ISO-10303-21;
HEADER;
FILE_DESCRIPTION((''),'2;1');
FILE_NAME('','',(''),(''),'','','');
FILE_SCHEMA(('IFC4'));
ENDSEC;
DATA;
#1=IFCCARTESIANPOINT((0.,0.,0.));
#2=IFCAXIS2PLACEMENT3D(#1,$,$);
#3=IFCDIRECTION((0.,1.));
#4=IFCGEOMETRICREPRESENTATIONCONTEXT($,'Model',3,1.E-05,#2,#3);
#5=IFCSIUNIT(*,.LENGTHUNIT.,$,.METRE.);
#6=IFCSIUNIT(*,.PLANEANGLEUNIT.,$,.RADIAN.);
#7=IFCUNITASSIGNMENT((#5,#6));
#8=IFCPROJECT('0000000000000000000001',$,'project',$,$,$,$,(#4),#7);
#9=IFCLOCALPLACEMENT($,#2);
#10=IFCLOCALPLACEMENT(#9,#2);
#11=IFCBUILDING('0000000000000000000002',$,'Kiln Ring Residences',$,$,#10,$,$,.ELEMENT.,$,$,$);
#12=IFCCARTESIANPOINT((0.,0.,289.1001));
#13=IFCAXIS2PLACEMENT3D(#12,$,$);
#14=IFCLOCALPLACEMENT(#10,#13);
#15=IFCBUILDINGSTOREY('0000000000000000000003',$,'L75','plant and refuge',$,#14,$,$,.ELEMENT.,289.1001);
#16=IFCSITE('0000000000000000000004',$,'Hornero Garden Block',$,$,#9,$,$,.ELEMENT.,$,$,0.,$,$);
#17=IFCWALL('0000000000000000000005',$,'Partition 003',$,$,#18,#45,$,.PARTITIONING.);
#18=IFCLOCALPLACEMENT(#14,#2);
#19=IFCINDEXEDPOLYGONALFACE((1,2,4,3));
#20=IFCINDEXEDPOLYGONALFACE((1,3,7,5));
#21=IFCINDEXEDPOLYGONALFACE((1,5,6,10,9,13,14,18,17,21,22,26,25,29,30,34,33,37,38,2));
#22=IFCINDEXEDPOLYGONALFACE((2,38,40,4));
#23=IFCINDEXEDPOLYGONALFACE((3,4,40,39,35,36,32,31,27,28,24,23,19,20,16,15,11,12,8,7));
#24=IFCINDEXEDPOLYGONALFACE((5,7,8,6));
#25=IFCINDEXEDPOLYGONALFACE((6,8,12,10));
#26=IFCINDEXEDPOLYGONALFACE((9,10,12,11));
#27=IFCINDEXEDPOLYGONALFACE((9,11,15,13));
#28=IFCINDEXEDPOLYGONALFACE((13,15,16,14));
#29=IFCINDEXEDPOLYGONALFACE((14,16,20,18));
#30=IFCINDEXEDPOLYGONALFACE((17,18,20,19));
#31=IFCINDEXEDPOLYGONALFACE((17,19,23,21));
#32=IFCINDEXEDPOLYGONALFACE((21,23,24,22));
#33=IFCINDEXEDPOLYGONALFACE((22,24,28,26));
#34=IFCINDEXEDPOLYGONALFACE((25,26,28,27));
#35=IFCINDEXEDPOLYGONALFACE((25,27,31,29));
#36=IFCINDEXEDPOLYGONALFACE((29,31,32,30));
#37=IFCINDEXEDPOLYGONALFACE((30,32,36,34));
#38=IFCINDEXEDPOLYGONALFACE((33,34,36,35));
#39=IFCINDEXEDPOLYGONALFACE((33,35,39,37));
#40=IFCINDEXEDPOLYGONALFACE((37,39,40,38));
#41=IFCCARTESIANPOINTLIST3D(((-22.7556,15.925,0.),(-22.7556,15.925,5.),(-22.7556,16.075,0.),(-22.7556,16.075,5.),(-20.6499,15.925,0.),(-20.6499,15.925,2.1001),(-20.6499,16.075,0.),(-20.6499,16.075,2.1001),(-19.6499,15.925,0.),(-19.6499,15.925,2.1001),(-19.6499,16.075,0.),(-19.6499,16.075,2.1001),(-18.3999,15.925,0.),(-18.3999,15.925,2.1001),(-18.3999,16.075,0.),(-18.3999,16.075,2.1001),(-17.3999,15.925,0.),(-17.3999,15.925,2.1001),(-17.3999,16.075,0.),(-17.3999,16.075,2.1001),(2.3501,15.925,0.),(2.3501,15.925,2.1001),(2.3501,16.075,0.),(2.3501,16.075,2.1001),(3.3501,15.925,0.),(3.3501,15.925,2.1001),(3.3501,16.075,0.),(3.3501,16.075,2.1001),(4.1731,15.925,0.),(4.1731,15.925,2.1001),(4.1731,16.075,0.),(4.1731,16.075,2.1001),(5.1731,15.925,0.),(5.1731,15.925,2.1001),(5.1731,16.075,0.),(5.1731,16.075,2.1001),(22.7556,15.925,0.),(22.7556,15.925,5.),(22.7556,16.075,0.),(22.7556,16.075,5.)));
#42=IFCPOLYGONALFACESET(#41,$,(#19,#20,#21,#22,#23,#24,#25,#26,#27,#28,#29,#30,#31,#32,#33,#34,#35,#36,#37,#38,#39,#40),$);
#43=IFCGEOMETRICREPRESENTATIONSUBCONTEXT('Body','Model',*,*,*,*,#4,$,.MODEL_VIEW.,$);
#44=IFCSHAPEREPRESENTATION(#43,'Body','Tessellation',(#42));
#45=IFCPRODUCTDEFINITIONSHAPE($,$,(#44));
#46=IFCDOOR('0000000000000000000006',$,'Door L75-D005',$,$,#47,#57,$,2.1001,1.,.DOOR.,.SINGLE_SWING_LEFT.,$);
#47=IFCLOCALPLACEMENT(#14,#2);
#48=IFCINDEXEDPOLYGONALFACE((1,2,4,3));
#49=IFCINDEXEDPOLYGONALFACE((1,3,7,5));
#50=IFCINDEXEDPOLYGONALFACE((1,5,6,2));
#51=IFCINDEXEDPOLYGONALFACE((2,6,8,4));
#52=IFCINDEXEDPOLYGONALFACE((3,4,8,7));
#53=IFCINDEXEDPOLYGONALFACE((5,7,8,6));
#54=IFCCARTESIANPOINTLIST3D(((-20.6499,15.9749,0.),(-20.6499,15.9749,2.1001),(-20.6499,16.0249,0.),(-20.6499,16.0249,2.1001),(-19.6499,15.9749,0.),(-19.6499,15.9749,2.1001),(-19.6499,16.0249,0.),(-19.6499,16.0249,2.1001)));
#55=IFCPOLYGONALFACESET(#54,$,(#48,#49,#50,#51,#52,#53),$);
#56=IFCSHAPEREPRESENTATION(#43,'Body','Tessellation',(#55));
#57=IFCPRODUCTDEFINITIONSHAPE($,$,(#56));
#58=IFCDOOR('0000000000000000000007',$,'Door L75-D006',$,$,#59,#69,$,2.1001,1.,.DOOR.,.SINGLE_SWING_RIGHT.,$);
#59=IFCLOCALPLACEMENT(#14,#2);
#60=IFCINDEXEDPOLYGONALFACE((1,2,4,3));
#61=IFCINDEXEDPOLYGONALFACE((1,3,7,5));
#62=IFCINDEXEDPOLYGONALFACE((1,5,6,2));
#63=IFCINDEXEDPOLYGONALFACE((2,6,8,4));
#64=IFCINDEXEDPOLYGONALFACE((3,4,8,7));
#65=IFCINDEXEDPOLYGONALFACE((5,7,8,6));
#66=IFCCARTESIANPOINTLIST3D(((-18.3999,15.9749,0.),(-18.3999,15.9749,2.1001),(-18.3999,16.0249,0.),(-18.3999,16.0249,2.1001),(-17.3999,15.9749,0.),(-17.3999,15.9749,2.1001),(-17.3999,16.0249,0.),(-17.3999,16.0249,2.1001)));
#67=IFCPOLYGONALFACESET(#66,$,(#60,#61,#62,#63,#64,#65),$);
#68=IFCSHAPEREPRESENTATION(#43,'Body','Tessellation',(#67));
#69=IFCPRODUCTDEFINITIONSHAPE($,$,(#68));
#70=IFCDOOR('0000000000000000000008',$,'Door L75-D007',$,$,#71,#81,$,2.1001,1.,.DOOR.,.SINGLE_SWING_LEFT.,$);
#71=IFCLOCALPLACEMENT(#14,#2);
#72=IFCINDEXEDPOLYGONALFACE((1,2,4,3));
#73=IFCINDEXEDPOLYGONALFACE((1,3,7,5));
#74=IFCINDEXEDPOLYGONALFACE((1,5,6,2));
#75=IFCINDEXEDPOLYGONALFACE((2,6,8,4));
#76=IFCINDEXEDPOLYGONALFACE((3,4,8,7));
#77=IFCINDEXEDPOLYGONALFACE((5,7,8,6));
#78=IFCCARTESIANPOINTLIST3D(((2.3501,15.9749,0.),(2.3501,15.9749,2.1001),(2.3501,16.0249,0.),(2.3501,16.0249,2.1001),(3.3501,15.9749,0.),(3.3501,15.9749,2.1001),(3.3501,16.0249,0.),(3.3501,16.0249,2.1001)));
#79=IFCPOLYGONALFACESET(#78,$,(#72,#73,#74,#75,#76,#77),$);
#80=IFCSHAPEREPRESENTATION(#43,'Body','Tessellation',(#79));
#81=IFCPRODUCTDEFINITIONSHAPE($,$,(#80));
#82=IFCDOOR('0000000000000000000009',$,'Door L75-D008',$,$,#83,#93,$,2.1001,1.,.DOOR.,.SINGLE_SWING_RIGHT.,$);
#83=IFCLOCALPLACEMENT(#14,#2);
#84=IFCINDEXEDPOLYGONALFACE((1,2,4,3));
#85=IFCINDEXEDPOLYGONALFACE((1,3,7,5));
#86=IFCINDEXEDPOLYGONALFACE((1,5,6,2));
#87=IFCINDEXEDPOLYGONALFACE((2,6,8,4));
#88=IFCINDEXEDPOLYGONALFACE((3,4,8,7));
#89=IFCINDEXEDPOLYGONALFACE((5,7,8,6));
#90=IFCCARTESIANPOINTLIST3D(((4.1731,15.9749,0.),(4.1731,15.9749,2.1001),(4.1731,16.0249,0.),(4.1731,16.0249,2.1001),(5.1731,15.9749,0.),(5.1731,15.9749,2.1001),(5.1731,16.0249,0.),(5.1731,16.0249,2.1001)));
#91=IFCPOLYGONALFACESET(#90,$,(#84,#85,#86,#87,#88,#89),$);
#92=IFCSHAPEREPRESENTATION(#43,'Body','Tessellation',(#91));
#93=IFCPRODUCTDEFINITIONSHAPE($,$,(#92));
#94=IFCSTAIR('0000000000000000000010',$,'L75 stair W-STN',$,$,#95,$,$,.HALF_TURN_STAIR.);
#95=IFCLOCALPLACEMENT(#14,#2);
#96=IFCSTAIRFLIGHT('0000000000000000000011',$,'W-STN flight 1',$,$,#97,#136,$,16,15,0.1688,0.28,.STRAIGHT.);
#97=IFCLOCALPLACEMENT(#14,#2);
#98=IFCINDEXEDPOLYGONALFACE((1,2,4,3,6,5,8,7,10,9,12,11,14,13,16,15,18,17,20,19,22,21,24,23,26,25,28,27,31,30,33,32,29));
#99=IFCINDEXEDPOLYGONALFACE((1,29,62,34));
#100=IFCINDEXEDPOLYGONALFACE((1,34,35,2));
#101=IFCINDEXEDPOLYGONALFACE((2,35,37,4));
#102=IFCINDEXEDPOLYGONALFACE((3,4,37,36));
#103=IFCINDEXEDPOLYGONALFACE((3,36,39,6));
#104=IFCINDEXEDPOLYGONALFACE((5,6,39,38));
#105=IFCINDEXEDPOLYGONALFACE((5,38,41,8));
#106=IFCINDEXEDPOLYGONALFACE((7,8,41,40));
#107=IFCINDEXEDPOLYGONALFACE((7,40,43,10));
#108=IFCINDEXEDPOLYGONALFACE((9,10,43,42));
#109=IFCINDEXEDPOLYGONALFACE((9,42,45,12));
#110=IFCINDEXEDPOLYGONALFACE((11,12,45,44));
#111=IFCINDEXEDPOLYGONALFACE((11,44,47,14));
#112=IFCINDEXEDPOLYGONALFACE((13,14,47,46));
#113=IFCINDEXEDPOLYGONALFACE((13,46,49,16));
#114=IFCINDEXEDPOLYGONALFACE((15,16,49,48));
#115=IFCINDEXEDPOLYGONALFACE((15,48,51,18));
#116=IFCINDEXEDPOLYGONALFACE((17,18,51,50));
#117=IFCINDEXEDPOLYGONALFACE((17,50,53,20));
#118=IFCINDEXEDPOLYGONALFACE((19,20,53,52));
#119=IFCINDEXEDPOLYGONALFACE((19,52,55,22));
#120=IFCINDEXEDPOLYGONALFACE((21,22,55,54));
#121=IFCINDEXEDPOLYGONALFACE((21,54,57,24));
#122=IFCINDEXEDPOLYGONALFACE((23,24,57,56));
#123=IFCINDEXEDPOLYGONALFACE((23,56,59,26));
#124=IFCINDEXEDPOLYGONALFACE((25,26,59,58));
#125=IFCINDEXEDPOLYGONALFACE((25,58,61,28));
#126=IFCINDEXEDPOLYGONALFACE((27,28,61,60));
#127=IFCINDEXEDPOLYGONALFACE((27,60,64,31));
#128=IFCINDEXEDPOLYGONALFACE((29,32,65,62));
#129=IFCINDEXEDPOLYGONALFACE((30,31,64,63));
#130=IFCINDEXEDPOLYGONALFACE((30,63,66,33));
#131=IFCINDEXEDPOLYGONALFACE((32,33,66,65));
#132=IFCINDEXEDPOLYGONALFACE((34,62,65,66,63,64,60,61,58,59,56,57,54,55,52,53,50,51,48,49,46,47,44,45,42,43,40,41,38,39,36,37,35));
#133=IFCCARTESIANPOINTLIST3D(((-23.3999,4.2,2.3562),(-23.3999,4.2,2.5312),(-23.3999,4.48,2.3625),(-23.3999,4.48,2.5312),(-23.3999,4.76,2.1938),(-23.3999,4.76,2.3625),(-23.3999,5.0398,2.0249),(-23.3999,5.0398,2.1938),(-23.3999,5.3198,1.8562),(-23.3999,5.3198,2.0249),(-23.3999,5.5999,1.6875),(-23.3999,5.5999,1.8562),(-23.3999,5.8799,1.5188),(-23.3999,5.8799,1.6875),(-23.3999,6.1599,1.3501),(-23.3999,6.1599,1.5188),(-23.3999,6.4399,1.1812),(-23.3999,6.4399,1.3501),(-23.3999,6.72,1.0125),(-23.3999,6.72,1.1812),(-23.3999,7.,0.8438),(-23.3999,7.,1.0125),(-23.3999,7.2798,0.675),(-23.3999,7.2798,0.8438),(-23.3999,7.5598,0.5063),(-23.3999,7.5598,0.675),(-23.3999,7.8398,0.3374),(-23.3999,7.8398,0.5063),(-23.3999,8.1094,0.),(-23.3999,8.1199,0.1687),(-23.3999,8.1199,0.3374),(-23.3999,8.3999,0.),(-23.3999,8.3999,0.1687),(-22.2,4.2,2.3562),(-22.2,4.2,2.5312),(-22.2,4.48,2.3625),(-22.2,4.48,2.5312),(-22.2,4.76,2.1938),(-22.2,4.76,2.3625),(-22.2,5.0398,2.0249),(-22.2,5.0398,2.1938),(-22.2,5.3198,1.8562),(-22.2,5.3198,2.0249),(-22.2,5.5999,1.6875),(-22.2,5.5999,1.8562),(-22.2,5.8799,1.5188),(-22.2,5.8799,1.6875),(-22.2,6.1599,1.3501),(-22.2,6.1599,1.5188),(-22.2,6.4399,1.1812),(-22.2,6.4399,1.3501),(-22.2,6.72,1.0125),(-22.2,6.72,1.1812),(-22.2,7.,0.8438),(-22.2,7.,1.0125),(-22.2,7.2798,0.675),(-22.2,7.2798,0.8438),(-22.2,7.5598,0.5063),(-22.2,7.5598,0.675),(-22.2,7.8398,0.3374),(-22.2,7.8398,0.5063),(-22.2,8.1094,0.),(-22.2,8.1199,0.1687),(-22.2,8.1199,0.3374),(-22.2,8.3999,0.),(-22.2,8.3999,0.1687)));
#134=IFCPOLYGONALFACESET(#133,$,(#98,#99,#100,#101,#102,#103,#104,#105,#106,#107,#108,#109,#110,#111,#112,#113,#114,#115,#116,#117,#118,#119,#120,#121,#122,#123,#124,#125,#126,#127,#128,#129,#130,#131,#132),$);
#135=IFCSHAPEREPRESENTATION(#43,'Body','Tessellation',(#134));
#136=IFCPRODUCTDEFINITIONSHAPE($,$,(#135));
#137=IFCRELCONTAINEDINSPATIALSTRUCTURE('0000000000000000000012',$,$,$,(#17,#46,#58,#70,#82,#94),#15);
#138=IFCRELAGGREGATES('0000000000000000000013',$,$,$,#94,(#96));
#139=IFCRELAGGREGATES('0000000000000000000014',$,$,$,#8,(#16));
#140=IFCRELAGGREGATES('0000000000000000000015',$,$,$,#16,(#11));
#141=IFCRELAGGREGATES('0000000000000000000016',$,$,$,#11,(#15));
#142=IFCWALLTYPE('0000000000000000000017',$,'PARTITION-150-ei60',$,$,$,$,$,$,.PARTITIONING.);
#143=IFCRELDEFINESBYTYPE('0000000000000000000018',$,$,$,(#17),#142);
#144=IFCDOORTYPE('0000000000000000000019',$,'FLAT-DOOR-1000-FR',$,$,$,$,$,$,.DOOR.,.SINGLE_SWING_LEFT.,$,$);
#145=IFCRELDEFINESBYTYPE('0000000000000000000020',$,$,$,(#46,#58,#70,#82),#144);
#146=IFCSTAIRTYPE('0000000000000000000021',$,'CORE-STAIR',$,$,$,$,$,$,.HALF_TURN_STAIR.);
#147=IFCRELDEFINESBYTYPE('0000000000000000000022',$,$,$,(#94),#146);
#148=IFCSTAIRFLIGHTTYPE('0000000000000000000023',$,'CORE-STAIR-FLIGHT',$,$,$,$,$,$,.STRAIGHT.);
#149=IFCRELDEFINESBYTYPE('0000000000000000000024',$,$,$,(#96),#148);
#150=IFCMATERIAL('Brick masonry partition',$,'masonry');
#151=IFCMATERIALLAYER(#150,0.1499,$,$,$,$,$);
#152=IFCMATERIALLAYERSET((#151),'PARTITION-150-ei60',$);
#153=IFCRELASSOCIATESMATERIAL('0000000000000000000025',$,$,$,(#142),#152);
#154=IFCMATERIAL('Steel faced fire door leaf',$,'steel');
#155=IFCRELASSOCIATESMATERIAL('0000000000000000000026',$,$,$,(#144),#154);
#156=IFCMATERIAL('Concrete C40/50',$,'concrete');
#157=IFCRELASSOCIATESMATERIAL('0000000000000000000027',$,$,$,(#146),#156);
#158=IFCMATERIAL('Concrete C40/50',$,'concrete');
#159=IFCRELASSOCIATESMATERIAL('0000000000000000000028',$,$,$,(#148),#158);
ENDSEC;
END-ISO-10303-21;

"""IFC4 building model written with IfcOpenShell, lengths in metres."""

from ifc_helpers import new_model, si_unit, direction, frame, frame_2d, origin, place, context, subcontext, project, spatial, polyline, rectangle, outline, extrude, material, layer, layer_set, type_object, element, fill, aggregate, save


model = new_model("IFC4")

# Units and contexts
model_context = context("Model", 3, precision=1e-05, world=origin(), true_north=direction((0.0, 1.0)))
body_context = subcontext(model_context, "Body", "Model", "MODEL_VIEW")
ifc_project = project(units=[si_unit("LENGTHUNIT", "METRE"), si_unit("PLANEANGLEUNIT", "RADIAN")], contexts=[model_context])

# Site, building, storey
site_placement = place(None, origin())
site = spatial("IfcSite", under=ifc_project, at=site_placement, Name="Hornero Garden Block", CompositionType="ELEMENT", RefElevation=0.0)
building_placement = place(site_placement, origin())
building = spatial("IfcBuilding", under=site, at=building_placement, Name="Kiln Ring Residences", CompositionType="ELEMENT")
storey_placement = place(building_placement, frame((0.0, 0.0, 289.1001)))
storey = spatial("IfcBuildingStorey", under=building, at=storey_placement, Name="L75", Description="plant and refuge", CompositionType="ELEMENT", Elevation=289.1001)

# Wall, openings, doors
ifc_material_1 = material(Name="Brick masonry partition", Category="masonry")
ifc_layer_1 = layer(ifc_material_1, 0.1499)
ifc_layer_set_1 = layer_set([ifc_layer_1], Name="PARTITION-150-ei60")
wall_type_1 = type_object("IfcWallType", Name="PARTITION-150-ei60", PredefinedType="PARTITIONING", material=ifc_layer_set_1)
wall_1_placement = place(storey_placement, frame((-22.7556, 16.0, 0.0), z_axis=(0.0, 0.0, 1.0), x_axis=(1.0, 0.0, 0.0)))
wall_1 = element("IfcWall", 1, at=wall_1_placement, inside=storey, type_object=wall_type_1, Name="Partition 003", PredefinedType="PARTITIONING", context=body_context, shape_type="SweptSolid", body=[
    extrude(rectangle(XDim=45.5112, YDim=0.1499, at=frame_2d((22.7556, 0.0))), origin(), (0.0, 0.0, 1.0), 5.0),
])
opening_1_placement = place(wall_1_placement, frame((2.1057, 0.0, 0.0)))
opening_1 = element("IfcOpeningElement", 2, at=opening_1_placement, cuts=wall_1, PredefinedType="OPENING", context=body_context, shape_type="SweptSolid", body=[
    extrude(rectangle(XDim=1.0, YDim=2.1001, at=frame_2d((0.5, 1.05))), frame((0.0, 0.085, 0.0), z_axis=(0.0, -1.0, 0.0), x_axis=(1.0, 0.0, 0.0)), (0.0, 0.0, 1.0), 0.1699),
])
opening_2_placement = place(wall_1_placement, frame((4.3557, 0.0, 0.0)))
opening_2 = element("IfcOpeningElement", 3, at=opening_2_placement, cuts=wall_1, PredefinedType="OPENING", context=body_context, shape_type="SweptSolid", body=[
    extrude(rectangle(XDim=1.0, YDim=2.1001, at=frame_2d((0.5, 1.05))), frame((0.0, 0.085, 0.0), z_axis=(0.0, -1.0, 0.0), x_axis=(1.0, 0.0, 0.0)), (0.0, 0.0, 1.0), 0.1699),
])
opening_3_placement = place(wall_1_placement, frame((25.1057, 0.0, 0.0)))
opening_3 = element("IfcOpeningElement", 4, at=opening_3_placement, cuts=wall_1, PredefinedType="OPENING", context=body_context, shape_type="SweptSolid", body=[
    extrude(rectangle(XDim=1.0, YDim=2.1001, at=frame_2d((0.5, 1.05))), frame((0.0, 0.085, 0.0), z_axis=(0.0, -1.0, 0.0), x_axis=(1.0, 0.0, 0.0)), (0.0, 0.0, 1.0), 0.1699),
])
opening_4_placement = place(wall_1_placement, frame((26.9287, 0.0, 0.0)))
opening_4 = element("IfcOpeningElement", 5, at=opening_4_placement, cuts=wall_1, PredefinedType="OPENING", context=body_context, shape_type="SweptSolid", body=[
    extrude(rectangle(XDim=1.0, YDim=2.1001, at=frame_2d((0.5, 1.05))), frame((0.0, 0.085, 0.0), z_axis=(0.0, -1.0, 0.0), x_axis=(1.0, 0.0, 0.0)), (0.0, 0.0, 1.0), 0.1699),
])
ifc_material_2 = material(Name="Steel faced fire door leaf", Category="steel")
door_type = type_object("IfcDoorType", Name="FLAT-DOOR-1000-FR", OperationType="SINGLE_SWING_LEFT", PredefinedType="DOOR", material=ifc_material_2)
door_1_placement = place(opening_1_placement, origin())
door_1 = element("IfcDoor", 6, at=door_1_placement, inside=storey, type_object=door_type, Name="Door L75-D005", OperationType="SINGLE_SWING_LEFT", OverallHeight=2.1001, OverallWidth=1.0, PredefinedType="DOOR", context=body_context, shape_type="SweptSolid", body=[
    extrude(rectangle(XDim=1.0, YDim=2.1001, at=frame_2d((0.5, 1.05))), frame((0.0, 0.0249, 0.0), z_axis=(0.0, -1.0, 0.0), x_axis=(1.0, 0.0, 0.0)), (0.0, 0.0, 1.0), 0.05),
])
fill(opening_1, door_1)
door_2_placement = place(opening_2_placement, origin())
door_2 = element("IfcDoor", 7, at=door_2_placement, inside=storey, type_object=door_type, Name="Door L75-D006", OperationType="SINGLE_SWING_RIGHT", OverallHeight=2.1001, OverallWidth=1.0, PredefinedType="DOOR", context=body_context, shape_type="SweptSolid", body=[
    extrude(rectangle(XDim=1.0, YDim=2.1001, at=frame_2d((0.5, 1.05))), frame((0.0, 0.0249, 0.0), z_axis=(0.0, -1.0, 0.0), x_axis=(1.0, 0.0, 0.0)), (0.0, 0.0, 1.0), 0.05),
])
fill(opening_2, door_2)
door_3_placement = place(opening_3_placement, origin())
door_3 = element("IfcDoor", 8, at=door_3_placement, inside=storey, type_object=door_type, Name="Door L75-D007", OperationType="SINGLE_SWING_LEFT", OverallHeight=2.1001, OverallWidth=1.0, PredefinedType="DOOR", context=body_context, shape_type="SweptSolid", body=[
    extrude(rectangle(XDim=1.0, YDim=2.1001, at=frame_2d((0.5, 1.05))), frame((0.0, 0.0249, 0.0), z_axis=(0.0, -1.0, 0.0), x_axis=(1.0, 0.0, 0.0)), (0.0, 0.0, 1.0), 0.05),
])
fill(opening_3, door_3)
door_4_placement = place(opening_4_placement, origin())
door_4 = element("IfcDoor", 9, at=door_4_placement, inside=storey, type_object=door_type, Name="Door L75-D008", OperationType="SINGLE_SWING_RIGHT", OverallHeight=2.1001, OverallWidth=1.0, PredefinedType="DOOR", context=body_context, shape_type="SweptSolid", body=[
    extrude(rectangle(XDim=1.0, YDim=2.1001, at=frame_2d((0.5, 1.05))), frame((0.0, 0.0249, 0.0), z_axis=(0.0, -1.0, 0.0), x_axis=(1.0, 0.0, 0.0)), (0.0, 0.0, 1.0), 0.05),
])
fill(opening_4, door_4)

# Stair, stair flight
ifc_material_3 = material(Name="Concrete C40/50", Category="concrete")
stair_type = type_object("IfcStairType", Name="CORE-STAIR", PredefinedType="HALF_TURN_STAIR", material=ifc_material_3)
stair_placement = place(storey_placement, origin())
stair = element("IfcStair", 10, at=stair_placement, inside=storey, type_object=stair_type, Name="L75 stair W-STN", PredefinedType="HALF_TURN_STAIR")
ifc_material_4 = material(Name="Concrete C40/50", Category="concrete")
stair_flight_type = type_object("IfcStairFlightType", Name="CORE-STAIR-FLIGHT", PredefinedType="STRAIGHT", material=ifc_material_4)
stair_flight_placement = place(storey_placement, frame((-22.8, 8.3999, 0.0), z_axis=(0.0, 0.0, 1.0), x_axis=(0.0, -1.0, 0.0)))
stair_flight = element("IfcStairFlight", 11, at=stair_flight_placement, type_object=stair_flight_type, Name="W-STN flight 1", NumberOfRisers=16, NumberOfTreads=15, PredefinedType="STRAIGHT", RiserHeight=0.1688, TreadLength=0.28, context=body_context, shape_type="SweptSolid", body=[
    extrude(outline(polyline([(0.0, 0.0), (0.0, 0.1687), (0.28, 0.1687), (0.28, 0.3374), (0.5601, 0.3374), (0.5601, 0.5063), (0.8401, 0.5063), (0.8401, 0.675), (1.1201, 0.675), (1.1201, 0.8438), (1.3999, 0.8438), (1.3999, 1.0125), (1.6799, 1.0125), (1.6799, 1.1812), (1.96, 1.1812), (1.96, 1.3501), (2.24, 1.3501), (2.24, 1.5188), (2.52, 1.5188), (2.52, 1.6875), (2.8, 1.6875), (2.8, 1.8562), (3.0801, 1.8562), (3.0801, 2.0249), (3.3601, 2.0249), (3.3601, 2.1938), (3.6399, 2.1938), (3.6399, 2.3625), (3.9199, 2.3625), (3.9199, 2.5312), (4.2, 2.5312), (4.2, 2.7), (4.2, 2.3562), (0.2905, 0.0), (0.0, 0.0)])), frame((0.0, 0.6001, 0.0), z_axis=(0.0, -1.0, 0.0), x_axis=(1.0, 0.0, 0.0)), (0.0, 0.0, 1.0), 1.2),
])
aggregate(stair, [stair_flight])

save(model, "model.ifc")
